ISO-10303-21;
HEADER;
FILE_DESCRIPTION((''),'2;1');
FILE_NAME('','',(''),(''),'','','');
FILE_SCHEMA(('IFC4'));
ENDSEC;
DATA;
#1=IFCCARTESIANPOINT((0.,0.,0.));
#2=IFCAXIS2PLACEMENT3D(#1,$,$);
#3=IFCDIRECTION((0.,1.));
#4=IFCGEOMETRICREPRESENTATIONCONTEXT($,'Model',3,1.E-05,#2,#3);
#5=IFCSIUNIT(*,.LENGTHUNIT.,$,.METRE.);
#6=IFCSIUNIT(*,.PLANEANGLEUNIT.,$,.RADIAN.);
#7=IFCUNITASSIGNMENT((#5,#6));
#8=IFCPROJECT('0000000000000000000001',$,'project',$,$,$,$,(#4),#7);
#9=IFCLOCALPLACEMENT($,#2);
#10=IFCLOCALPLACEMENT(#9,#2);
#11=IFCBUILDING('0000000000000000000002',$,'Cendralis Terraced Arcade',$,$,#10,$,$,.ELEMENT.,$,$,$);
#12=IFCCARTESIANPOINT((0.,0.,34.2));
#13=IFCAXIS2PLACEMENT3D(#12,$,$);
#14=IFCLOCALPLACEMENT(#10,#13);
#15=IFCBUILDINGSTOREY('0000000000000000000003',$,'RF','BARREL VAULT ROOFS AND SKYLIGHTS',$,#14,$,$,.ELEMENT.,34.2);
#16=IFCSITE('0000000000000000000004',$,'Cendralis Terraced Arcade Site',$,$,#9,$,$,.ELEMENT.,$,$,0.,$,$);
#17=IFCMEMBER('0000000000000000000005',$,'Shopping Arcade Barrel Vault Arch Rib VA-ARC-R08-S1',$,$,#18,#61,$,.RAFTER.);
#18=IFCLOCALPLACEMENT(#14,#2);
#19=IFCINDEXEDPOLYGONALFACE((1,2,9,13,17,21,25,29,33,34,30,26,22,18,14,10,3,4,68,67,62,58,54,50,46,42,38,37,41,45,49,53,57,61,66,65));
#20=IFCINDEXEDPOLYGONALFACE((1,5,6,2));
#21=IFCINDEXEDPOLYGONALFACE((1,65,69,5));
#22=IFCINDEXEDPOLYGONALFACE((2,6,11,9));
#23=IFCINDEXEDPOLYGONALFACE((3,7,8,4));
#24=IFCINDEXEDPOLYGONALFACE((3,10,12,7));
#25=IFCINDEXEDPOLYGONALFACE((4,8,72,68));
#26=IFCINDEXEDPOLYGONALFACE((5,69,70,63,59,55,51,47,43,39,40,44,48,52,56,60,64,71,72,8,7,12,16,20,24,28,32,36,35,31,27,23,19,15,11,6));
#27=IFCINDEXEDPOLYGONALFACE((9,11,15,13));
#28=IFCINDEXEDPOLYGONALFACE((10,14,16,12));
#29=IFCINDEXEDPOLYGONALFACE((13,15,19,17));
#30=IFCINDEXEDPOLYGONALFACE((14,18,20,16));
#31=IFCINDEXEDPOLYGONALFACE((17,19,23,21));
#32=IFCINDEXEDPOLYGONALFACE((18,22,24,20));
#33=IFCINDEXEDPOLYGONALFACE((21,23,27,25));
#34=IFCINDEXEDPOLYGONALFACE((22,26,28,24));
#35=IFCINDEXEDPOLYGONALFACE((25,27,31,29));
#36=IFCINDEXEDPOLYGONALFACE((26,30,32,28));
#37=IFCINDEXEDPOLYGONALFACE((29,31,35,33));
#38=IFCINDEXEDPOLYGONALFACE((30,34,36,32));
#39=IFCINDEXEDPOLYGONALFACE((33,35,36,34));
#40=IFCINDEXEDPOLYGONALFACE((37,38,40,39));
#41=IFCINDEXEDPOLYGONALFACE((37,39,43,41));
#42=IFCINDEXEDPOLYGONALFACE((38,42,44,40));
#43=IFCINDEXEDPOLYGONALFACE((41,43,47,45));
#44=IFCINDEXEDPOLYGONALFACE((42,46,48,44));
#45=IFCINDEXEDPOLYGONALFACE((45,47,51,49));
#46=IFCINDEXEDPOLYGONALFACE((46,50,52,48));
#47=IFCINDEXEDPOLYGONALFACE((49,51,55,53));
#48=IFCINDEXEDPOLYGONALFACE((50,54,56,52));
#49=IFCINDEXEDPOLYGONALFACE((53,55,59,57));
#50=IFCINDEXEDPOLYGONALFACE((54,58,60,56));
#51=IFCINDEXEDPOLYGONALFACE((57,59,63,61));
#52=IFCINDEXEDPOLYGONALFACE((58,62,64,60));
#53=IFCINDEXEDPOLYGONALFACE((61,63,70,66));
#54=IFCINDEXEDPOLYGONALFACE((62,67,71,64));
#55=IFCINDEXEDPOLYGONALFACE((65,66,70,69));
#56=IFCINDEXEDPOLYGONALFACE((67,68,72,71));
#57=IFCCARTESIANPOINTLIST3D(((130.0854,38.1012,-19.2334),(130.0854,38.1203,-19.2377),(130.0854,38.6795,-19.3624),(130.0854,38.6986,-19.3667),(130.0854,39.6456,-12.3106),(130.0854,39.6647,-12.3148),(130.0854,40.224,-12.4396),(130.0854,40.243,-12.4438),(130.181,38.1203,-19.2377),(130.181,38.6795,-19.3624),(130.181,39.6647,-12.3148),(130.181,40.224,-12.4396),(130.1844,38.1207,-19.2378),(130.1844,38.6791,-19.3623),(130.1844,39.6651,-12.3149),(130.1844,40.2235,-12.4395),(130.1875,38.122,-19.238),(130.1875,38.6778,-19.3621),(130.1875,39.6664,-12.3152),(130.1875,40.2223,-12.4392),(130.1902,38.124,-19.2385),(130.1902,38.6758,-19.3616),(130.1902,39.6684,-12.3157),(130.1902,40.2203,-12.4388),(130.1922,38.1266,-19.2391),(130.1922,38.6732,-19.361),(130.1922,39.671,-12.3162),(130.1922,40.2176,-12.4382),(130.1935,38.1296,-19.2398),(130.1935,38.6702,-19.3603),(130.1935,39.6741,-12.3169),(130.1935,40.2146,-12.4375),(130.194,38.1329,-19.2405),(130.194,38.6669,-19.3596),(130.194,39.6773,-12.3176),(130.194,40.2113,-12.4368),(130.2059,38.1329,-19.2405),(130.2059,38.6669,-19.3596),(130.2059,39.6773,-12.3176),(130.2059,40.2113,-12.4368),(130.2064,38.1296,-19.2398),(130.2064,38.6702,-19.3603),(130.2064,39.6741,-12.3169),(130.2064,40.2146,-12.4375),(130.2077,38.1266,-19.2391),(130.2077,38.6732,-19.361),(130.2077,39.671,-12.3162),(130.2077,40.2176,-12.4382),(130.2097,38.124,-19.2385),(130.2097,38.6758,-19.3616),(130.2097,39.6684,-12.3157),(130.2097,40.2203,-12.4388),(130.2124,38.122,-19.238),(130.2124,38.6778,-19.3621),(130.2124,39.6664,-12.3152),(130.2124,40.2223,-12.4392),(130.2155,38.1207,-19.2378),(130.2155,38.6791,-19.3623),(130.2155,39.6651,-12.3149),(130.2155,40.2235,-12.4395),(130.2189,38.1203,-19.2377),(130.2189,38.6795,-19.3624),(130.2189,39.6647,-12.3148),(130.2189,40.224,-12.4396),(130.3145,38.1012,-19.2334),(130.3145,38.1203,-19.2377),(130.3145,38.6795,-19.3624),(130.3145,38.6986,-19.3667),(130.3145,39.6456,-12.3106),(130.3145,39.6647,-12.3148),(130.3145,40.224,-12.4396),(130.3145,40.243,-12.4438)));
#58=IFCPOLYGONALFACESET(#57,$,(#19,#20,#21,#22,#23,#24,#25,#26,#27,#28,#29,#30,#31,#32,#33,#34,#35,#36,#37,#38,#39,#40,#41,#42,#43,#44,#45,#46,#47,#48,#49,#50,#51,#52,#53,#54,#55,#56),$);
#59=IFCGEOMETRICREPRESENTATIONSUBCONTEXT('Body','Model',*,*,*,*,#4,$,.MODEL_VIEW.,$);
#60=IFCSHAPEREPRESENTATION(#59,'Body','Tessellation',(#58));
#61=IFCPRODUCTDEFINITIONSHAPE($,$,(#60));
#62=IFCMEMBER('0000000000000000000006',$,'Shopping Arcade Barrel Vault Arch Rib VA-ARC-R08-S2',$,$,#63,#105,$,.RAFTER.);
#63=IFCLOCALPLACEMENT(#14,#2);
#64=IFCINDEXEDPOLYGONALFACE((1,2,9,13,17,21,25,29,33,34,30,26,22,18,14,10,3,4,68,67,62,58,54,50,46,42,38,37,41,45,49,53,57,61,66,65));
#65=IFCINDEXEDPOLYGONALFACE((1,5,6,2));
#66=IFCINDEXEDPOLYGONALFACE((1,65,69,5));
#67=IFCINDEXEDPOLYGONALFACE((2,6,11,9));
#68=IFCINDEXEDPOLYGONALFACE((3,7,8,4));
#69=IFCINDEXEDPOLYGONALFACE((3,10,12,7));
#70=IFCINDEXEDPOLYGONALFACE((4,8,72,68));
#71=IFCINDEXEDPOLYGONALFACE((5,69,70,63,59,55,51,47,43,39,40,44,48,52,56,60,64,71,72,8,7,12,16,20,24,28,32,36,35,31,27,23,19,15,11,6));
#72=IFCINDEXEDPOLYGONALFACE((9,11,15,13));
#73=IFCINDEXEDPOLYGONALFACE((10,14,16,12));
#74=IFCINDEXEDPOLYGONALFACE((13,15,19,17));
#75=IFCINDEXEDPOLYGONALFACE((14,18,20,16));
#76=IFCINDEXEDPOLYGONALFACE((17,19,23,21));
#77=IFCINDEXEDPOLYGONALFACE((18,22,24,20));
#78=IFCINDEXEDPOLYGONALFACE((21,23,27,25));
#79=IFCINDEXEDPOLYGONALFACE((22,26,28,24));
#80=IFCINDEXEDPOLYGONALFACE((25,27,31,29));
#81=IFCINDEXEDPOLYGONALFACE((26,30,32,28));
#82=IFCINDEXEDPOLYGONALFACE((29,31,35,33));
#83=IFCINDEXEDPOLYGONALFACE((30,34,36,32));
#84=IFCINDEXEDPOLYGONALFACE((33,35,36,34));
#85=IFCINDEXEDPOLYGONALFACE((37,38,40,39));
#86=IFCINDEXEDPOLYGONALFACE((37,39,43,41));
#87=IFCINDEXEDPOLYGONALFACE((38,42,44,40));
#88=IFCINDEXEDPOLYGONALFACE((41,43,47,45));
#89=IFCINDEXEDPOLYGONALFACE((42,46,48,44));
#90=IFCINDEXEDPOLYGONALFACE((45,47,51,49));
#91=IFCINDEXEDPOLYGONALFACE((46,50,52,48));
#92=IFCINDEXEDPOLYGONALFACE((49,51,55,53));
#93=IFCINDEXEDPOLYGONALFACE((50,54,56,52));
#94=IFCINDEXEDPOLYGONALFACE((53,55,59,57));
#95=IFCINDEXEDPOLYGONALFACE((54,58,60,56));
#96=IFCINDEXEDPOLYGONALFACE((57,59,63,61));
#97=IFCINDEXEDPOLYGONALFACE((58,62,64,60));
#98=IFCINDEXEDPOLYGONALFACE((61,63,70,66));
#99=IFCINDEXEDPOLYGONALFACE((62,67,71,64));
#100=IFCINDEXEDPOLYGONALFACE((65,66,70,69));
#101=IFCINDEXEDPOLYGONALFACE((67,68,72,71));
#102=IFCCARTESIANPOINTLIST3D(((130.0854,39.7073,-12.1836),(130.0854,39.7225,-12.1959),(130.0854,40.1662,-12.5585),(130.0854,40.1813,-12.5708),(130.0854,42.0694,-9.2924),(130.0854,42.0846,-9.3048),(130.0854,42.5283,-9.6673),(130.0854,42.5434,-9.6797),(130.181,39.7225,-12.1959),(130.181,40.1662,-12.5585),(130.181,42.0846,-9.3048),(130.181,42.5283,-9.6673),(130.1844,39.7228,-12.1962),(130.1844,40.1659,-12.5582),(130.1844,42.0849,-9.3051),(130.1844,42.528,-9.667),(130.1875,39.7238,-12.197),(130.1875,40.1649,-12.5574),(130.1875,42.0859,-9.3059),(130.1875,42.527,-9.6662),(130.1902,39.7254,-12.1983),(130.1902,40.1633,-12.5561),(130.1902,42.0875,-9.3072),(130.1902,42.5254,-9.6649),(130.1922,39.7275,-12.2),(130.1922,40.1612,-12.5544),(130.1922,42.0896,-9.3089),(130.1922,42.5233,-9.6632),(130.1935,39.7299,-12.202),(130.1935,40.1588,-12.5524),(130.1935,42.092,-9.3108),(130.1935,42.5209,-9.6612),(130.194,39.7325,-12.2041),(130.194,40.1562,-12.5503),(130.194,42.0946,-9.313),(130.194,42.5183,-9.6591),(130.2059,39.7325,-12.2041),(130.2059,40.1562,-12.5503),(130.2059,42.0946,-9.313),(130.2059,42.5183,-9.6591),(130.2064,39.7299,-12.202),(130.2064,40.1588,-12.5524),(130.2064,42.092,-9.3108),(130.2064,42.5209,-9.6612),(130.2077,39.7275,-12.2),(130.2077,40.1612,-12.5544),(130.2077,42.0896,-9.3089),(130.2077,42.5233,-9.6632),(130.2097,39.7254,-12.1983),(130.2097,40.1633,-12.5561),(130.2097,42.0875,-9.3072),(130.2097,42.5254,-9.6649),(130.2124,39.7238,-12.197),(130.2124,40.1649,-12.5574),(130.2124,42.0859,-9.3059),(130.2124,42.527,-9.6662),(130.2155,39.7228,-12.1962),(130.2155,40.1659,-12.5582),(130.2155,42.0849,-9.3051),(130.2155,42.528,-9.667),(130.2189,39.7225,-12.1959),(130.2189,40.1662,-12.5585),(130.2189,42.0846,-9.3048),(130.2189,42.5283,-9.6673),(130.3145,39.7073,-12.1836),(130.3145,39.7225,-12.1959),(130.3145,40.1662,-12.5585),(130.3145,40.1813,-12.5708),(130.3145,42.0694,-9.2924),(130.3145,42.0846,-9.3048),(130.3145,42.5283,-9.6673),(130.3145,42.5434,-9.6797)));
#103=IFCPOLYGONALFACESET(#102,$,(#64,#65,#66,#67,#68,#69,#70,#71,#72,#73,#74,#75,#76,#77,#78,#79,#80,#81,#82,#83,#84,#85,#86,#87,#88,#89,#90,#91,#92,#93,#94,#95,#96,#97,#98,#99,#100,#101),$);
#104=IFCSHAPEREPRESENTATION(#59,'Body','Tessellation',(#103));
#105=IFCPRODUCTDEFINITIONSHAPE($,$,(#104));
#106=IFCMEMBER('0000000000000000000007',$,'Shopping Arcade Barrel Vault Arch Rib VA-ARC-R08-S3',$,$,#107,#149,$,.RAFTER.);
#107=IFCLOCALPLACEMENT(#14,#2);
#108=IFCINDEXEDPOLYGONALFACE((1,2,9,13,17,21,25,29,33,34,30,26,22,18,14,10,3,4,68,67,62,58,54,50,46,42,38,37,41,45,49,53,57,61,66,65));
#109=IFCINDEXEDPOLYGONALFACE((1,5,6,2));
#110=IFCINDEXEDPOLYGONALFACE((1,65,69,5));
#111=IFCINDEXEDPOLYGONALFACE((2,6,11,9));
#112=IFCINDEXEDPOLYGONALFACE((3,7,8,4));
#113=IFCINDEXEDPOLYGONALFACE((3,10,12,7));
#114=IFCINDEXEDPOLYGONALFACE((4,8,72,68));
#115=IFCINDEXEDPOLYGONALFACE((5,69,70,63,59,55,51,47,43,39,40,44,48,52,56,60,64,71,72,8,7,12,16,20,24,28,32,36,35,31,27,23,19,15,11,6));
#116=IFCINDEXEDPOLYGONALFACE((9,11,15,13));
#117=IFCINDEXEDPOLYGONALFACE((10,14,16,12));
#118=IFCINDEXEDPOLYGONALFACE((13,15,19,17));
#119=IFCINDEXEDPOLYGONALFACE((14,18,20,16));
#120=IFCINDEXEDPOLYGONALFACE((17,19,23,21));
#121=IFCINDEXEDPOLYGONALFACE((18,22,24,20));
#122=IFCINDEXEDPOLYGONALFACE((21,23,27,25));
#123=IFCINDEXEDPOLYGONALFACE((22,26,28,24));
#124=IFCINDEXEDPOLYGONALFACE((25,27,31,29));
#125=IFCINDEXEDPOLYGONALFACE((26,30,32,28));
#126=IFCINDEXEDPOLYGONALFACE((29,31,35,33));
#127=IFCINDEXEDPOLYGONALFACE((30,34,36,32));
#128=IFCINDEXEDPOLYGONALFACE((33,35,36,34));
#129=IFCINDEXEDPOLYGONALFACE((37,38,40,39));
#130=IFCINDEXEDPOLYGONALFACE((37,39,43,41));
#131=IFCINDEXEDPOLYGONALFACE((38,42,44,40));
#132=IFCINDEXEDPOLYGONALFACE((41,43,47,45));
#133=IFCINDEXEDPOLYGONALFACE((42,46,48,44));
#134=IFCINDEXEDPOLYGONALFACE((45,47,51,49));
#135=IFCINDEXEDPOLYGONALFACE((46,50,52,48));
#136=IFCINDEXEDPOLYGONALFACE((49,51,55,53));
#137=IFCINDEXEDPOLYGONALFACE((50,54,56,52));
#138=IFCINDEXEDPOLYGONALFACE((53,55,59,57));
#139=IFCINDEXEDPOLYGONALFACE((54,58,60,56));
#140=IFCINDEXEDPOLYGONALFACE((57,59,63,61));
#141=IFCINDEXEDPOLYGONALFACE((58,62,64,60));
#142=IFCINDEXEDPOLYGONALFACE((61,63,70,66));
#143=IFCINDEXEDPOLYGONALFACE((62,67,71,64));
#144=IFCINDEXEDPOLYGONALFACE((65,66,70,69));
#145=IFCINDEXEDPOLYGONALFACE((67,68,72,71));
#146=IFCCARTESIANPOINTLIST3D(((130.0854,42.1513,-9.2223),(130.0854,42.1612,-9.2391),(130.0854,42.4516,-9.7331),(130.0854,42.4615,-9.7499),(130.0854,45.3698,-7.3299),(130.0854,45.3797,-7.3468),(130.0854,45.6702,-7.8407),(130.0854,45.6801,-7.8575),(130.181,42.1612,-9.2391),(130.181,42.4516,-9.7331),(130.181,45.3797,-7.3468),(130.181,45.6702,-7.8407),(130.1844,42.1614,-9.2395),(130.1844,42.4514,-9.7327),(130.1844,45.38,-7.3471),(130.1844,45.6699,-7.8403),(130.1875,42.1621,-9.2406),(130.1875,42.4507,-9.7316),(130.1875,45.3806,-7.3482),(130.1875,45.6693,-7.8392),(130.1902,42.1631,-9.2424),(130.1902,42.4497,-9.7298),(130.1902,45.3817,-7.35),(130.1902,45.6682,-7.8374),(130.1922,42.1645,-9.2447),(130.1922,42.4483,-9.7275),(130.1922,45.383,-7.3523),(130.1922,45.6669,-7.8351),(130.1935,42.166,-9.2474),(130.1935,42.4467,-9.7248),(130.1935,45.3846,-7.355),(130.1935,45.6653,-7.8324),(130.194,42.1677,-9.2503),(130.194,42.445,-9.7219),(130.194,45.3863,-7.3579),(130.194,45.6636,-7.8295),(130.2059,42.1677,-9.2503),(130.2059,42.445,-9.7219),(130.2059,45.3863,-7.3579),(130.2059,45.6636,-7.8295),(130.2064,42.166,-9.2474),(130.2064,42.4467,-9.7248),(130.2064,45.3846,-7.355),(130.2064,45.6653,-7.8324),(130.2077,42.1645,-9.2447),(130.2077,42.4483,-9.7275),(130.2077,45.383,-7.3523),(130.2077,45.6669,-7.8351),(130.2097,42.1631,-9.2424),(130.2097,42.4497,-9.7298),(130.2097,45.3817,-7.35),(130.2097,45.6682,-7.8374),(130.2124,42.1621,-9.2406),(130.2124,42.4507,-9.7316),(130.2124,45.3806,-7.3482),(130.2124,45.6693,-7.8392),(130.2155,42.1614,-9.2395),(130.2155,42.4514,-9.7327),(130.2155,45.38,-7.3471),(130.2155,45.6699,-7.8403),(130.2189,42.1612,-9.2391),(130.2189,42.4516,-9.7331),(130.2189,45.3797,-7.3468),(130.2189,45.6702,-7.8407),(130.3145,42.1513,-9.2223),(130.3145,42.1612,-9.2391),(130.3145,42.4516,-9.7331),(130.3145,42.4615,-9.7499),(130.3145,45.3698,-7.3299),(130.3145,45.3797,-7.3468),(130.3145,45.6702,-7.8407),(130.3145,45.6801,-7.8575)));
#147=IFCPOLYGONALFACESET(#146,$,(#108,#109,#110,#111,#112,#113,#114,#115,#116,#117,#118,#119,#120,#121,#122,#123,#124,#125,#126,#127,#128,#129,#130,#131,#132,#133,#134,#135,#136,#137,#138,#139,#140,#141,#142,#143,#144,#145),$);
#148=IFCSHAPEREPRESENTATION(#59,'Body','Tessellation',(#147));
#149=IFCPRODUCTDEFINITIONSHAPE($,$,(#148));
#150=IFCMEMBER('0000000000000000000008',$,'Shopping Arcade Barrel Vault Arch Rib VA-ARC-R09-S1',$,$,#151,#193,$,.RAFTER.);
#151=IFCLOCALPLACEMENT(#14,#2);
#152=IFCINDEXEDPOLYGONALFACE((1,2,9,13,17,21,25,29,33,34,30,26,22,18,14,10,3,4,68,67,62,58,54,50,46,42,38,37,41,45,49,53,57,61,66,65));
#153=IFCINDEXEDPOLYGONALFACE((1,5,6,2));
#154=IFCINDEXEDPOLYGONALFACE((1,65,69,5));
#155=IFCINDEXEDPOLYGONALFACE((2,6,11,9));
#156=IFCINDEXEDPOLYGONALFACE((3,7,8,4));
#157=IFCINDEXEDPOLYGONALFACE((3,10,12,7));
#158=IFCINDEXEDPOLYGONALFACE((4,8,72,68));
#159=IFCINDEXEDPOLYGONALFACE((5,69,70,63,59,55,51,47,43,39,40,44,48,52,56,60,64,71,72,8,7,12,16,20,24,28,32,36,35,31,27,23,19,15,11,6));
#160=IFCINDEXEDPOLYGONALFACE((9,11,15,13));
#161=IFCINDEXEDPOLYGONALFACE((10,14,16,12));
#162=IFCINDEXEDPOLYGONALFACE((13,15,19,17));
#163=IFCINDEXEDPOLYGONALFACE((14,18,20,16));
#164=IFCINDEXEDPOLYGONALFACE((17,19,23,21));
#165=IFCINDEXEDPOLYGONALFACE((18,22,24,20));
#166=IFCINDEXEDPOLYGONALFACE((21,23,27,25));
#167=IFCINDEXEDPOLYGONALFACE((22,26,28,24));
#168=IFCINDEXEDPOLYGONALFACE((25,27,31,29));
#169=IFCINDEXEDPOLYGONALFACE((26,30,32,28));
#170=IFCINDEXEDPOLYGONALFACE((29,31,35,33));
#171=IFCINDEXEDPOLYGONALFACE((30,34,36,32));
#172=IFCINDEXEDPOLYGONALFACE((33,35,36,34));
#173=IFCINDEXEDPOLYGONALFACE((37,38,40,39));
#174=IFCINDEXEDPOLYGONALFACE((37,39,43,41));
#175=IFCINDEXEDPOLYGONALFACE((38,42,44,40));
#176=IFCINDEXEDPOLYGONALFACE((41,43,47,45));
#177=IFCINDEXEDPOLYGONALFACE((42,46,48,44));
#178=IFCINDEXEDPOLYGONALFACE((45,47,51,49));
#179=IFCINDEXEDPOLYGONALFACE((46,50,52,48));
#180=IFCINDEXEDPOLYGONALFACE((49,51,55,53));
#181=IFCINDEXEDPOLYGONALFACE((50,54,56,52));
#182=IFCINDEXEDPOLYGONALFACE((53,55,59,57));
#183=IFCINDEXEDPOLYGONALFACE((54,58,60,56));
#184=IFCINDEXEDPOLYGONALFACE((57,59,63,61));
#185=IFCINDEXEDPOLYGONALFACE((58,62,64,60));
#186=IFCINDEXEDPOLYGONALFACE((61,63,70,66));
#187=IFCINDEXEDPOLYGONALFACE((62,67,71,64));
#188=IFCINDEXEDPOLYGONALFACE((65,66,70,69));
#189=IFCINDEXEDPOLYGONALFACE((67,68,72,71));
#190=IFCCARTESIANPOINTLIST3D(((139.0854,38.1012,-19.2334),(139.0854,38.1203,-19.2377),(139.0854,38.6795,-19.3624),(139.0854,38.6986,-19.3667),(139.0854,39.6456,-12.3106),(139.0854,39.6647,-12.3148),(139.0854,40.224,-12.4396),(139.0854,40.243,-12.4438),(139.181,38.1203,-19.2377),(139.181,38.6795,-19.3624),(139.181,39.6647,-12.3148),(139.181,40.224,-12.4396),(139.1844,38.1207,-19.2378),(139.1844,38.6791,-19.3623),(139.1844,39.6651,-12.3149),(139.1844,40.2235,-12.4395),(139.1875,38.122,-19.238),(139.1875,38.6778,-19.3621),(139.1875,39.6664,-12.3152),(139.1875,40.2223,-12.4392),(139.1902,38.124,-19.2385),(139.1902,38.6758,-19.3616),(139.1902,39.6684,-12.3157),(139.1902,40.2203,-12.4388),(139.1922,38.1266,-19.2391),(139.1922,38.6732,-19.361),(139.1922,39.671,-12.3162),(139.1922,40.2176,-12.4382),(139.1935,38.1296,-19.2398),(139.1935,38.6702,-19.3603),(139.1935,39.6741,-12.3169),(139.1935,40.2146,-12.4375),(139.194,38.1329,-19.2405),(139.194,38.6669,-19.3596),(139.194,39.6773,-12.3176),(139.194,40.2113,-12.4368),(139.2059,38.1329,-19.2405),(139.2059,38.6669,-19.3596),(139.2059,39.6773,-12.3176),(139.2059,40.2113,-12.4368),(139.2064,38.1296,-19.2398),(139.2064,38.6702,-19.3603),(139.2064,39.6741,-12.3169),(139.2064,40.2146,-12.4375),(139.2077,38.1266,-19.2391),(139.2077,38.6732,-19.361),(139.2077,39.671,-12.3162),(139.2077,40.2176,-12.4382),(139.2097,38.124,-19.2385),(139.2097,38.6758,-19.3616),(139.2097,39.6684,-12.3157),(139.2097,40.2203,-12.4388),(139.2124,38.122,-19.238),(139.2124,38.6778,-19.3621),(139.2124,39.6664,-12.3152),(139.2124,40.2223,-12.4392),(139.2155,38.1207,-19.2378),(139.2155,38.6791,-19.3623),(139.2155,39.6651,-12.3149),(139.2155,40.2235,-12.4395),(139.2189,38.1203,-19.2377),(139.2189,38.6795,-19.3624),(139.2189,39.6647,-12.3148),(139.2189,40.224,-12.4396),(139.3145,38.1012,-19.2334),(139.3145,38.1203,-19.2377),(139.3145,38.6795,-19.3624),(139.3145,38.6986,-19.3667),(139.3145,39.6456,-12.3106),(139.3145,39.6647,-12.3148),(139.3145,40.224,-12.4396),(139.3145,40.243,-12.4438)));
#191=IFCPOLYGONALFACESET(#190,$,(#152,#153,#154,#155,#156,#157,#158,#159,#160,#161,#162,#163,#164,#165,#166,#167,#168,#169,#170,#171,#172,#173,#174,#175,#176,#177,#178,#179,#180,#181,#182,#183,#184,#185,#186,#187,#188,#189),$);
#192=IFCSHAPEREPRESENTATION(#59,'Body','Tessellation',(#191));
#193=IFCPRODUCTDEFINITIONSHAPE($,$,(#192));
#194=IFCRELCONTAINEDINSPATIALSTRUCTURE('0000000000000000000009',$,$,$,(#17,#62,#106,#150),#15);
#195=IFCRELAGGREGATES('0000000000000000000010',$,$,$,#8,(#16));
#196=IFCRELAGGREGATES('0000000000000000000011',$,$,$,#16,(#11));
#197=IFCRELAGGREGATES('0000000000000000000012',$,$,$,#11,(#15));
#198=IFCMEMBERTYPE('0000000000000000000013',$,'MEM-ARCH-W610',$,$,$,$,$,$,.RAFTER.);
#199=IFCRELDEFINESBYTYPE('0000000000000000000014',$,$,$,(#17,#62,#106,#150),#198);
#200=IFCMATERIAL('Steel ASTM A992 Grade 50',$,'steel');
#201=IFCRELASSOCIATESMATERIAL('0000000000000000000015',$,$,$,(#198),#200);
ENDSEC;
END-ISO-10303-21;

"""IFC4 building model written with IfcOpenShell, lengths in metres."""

from ifc_helpers import new_model, si_unit, direction, frame, origin, origin_2d, place, context, subcontext, project, spatial, i_section, extrude, material, material_profile, profile_set, type_object, element, save


model = new_model("IFC4")

# Units and contexts
model_context = context("Model", 3, precision=1e-05, world=origin(), true_north=direction((0.0, 1.0)))
body_context = subcontext(model_context, "Body", "Model", "MODEL_VIEW")
ifc_project = project(units=[si_unit("LENGTHUNIT", "METRE"), si_unit("PLANEANGLEUNIT", "RADIAN")], contexts=[model_context])

# Site, building, storey
site_placement = place(None, origin())
site = spatial("IfcSite", under=ifc_project, at=site_placement, Name="Cendralis Terraced Arcade Site", CompositionType="ELEMENT", RefElevation=0.0)
building_placement = place(site_placement, origin())
building = spatial("IfcBuilding", under=site, at=building_placement, Name="Cendralis Terraced Arcade", CompositionType="ELEMENT")
storey_placement = place(building_placement, frame((0.0, 0.0, 34.2)))
storey = spatial("IfcBuildingStorey", under=building, at=storey_placement, Name="RF", Description="BARREL VAULT ROOFS AND SKYLIGHTS", CompositionType="ELEMENT", Elevation=34.2)

# Members
ifc_material_1 = material(Name="Steel ASTM A992 Grade 50", Category="steel")
ifc_material_profile_1 = material_profile(ifc_material_1, i_section(OverallWidth=0.229, OverallDepth=0.6121, WebThickness=0.012, FlangeThickness=0.0195, FilletRadius=0.0129, at=origin_2d()), Name="W610X125", Category="LoadBearing")
ifc_profile_set_1 = profile_set([ifc_material_profile_1], Name="Steel ASTM A992 Grade 50")
member_type_1 = type_object("IfcMemberType", Name="MEM-ARCH-W610", PredefinedType="RAFTER", material=ifc_profile_set_1)
member_1_placement = place(storey_placement, frame((130.2, 38.3999, -19.3), z_axis=(0.0, 0.217739, 0.976007), x_axis=(-1.0, 0.0, 0.0)))
element("IfcMember", 1, at=member_1_placement, inside=storey, type_object=member_type_1, Name="Shopping Arcade Barrel Vault Arch Rib VA-ARC-R08-S1", PredefinedType="RAFTER", context=body_context, shape_type="SweptSolid", body=[
    extrude(i_section(OverallWidth=0.229, OverallDepth=0.6121, WebThickness=0.012, FlangeThickness=0.0195, FilletRadius=0.0129, at=origin_2d()), origin(), (0.0, 0.0, 1.0), 7.093),
])
member_2_placement = place(storey_placement, frame((130.2, 39.9443, -12.3772), z_axis=(0.0, 0.632693, 0.774403), x_axis=(-1.0, 0.0, 0.0)))
element("IfcMember", 2, at=member_2_placement, inside=storey, type_object=member_type_1, Name="Shopping Arcade Barrel Vault Arch Rib VA-ARC-R08-S2", PredefinedType="RAFTER", context=body_context, shape_type="SweptSolid", body=[
    extrude(i_section(OverallWidth=0.229, OverallDepth=0.6121, WebThickness=0.012, FlangeThickness=0.0195, FilletRadius=0.0129, at=origin_2d()), origin(), (0.0, 0.0, 1.0), 3.7334),
])
member_3_placement = place(storey_placement, frame((130.2, 42.3064, -9.4861), z_axis=(0.0, 0.86204, 0.50684), x_axis=(-1.0, 0.0, 0.0)))
element("IfcMember", 3, at=member_3_placement, inside=storey, type_object=member_type_1, Name="Shopping Arcade Barrel Vault Arch Rib VA-ARC-R08-S3", PredefinedType="RAFTER", context=body_context, shape_type="SweptSolid", body=[
    extrude(i_section(OverallWidth=0.229, OverallDepth=0.6121, WebThickness=0.012, FlangeThickness=0.0195, FilletRadius=0.0129, at=origin_2d()), origin(), (0.0, 0.0, 1.0), 3.7336),
])
member_4_placement = place(storey_placement, frame((139.2, 38.3999, -19.3), z_axis=(0.0, 0.217739, 0.976007), x_axis=(-1.0, 0.0, 0.0)))
element("IfcMember", 4, at=member_4_placement, inside=storey, type_object=member_type_1, Name="Shopping Arcade Barrel Vault Arch Rib VA-ARC-R09-S1", PredefinedType="RAFTER", context=body_context, shape_type="SweptSolid", body=[
    extrude(i_section(OverallWidth=0.229, OverallDepth=0.6121, WebThickness=0.012, FlangeThickness=0.0195, FilletRadius=0.0129, at=origin_2d()), origin(), (0.0, 0.0, 1.0), 7.093),
])

save(model, "model.ifc")
